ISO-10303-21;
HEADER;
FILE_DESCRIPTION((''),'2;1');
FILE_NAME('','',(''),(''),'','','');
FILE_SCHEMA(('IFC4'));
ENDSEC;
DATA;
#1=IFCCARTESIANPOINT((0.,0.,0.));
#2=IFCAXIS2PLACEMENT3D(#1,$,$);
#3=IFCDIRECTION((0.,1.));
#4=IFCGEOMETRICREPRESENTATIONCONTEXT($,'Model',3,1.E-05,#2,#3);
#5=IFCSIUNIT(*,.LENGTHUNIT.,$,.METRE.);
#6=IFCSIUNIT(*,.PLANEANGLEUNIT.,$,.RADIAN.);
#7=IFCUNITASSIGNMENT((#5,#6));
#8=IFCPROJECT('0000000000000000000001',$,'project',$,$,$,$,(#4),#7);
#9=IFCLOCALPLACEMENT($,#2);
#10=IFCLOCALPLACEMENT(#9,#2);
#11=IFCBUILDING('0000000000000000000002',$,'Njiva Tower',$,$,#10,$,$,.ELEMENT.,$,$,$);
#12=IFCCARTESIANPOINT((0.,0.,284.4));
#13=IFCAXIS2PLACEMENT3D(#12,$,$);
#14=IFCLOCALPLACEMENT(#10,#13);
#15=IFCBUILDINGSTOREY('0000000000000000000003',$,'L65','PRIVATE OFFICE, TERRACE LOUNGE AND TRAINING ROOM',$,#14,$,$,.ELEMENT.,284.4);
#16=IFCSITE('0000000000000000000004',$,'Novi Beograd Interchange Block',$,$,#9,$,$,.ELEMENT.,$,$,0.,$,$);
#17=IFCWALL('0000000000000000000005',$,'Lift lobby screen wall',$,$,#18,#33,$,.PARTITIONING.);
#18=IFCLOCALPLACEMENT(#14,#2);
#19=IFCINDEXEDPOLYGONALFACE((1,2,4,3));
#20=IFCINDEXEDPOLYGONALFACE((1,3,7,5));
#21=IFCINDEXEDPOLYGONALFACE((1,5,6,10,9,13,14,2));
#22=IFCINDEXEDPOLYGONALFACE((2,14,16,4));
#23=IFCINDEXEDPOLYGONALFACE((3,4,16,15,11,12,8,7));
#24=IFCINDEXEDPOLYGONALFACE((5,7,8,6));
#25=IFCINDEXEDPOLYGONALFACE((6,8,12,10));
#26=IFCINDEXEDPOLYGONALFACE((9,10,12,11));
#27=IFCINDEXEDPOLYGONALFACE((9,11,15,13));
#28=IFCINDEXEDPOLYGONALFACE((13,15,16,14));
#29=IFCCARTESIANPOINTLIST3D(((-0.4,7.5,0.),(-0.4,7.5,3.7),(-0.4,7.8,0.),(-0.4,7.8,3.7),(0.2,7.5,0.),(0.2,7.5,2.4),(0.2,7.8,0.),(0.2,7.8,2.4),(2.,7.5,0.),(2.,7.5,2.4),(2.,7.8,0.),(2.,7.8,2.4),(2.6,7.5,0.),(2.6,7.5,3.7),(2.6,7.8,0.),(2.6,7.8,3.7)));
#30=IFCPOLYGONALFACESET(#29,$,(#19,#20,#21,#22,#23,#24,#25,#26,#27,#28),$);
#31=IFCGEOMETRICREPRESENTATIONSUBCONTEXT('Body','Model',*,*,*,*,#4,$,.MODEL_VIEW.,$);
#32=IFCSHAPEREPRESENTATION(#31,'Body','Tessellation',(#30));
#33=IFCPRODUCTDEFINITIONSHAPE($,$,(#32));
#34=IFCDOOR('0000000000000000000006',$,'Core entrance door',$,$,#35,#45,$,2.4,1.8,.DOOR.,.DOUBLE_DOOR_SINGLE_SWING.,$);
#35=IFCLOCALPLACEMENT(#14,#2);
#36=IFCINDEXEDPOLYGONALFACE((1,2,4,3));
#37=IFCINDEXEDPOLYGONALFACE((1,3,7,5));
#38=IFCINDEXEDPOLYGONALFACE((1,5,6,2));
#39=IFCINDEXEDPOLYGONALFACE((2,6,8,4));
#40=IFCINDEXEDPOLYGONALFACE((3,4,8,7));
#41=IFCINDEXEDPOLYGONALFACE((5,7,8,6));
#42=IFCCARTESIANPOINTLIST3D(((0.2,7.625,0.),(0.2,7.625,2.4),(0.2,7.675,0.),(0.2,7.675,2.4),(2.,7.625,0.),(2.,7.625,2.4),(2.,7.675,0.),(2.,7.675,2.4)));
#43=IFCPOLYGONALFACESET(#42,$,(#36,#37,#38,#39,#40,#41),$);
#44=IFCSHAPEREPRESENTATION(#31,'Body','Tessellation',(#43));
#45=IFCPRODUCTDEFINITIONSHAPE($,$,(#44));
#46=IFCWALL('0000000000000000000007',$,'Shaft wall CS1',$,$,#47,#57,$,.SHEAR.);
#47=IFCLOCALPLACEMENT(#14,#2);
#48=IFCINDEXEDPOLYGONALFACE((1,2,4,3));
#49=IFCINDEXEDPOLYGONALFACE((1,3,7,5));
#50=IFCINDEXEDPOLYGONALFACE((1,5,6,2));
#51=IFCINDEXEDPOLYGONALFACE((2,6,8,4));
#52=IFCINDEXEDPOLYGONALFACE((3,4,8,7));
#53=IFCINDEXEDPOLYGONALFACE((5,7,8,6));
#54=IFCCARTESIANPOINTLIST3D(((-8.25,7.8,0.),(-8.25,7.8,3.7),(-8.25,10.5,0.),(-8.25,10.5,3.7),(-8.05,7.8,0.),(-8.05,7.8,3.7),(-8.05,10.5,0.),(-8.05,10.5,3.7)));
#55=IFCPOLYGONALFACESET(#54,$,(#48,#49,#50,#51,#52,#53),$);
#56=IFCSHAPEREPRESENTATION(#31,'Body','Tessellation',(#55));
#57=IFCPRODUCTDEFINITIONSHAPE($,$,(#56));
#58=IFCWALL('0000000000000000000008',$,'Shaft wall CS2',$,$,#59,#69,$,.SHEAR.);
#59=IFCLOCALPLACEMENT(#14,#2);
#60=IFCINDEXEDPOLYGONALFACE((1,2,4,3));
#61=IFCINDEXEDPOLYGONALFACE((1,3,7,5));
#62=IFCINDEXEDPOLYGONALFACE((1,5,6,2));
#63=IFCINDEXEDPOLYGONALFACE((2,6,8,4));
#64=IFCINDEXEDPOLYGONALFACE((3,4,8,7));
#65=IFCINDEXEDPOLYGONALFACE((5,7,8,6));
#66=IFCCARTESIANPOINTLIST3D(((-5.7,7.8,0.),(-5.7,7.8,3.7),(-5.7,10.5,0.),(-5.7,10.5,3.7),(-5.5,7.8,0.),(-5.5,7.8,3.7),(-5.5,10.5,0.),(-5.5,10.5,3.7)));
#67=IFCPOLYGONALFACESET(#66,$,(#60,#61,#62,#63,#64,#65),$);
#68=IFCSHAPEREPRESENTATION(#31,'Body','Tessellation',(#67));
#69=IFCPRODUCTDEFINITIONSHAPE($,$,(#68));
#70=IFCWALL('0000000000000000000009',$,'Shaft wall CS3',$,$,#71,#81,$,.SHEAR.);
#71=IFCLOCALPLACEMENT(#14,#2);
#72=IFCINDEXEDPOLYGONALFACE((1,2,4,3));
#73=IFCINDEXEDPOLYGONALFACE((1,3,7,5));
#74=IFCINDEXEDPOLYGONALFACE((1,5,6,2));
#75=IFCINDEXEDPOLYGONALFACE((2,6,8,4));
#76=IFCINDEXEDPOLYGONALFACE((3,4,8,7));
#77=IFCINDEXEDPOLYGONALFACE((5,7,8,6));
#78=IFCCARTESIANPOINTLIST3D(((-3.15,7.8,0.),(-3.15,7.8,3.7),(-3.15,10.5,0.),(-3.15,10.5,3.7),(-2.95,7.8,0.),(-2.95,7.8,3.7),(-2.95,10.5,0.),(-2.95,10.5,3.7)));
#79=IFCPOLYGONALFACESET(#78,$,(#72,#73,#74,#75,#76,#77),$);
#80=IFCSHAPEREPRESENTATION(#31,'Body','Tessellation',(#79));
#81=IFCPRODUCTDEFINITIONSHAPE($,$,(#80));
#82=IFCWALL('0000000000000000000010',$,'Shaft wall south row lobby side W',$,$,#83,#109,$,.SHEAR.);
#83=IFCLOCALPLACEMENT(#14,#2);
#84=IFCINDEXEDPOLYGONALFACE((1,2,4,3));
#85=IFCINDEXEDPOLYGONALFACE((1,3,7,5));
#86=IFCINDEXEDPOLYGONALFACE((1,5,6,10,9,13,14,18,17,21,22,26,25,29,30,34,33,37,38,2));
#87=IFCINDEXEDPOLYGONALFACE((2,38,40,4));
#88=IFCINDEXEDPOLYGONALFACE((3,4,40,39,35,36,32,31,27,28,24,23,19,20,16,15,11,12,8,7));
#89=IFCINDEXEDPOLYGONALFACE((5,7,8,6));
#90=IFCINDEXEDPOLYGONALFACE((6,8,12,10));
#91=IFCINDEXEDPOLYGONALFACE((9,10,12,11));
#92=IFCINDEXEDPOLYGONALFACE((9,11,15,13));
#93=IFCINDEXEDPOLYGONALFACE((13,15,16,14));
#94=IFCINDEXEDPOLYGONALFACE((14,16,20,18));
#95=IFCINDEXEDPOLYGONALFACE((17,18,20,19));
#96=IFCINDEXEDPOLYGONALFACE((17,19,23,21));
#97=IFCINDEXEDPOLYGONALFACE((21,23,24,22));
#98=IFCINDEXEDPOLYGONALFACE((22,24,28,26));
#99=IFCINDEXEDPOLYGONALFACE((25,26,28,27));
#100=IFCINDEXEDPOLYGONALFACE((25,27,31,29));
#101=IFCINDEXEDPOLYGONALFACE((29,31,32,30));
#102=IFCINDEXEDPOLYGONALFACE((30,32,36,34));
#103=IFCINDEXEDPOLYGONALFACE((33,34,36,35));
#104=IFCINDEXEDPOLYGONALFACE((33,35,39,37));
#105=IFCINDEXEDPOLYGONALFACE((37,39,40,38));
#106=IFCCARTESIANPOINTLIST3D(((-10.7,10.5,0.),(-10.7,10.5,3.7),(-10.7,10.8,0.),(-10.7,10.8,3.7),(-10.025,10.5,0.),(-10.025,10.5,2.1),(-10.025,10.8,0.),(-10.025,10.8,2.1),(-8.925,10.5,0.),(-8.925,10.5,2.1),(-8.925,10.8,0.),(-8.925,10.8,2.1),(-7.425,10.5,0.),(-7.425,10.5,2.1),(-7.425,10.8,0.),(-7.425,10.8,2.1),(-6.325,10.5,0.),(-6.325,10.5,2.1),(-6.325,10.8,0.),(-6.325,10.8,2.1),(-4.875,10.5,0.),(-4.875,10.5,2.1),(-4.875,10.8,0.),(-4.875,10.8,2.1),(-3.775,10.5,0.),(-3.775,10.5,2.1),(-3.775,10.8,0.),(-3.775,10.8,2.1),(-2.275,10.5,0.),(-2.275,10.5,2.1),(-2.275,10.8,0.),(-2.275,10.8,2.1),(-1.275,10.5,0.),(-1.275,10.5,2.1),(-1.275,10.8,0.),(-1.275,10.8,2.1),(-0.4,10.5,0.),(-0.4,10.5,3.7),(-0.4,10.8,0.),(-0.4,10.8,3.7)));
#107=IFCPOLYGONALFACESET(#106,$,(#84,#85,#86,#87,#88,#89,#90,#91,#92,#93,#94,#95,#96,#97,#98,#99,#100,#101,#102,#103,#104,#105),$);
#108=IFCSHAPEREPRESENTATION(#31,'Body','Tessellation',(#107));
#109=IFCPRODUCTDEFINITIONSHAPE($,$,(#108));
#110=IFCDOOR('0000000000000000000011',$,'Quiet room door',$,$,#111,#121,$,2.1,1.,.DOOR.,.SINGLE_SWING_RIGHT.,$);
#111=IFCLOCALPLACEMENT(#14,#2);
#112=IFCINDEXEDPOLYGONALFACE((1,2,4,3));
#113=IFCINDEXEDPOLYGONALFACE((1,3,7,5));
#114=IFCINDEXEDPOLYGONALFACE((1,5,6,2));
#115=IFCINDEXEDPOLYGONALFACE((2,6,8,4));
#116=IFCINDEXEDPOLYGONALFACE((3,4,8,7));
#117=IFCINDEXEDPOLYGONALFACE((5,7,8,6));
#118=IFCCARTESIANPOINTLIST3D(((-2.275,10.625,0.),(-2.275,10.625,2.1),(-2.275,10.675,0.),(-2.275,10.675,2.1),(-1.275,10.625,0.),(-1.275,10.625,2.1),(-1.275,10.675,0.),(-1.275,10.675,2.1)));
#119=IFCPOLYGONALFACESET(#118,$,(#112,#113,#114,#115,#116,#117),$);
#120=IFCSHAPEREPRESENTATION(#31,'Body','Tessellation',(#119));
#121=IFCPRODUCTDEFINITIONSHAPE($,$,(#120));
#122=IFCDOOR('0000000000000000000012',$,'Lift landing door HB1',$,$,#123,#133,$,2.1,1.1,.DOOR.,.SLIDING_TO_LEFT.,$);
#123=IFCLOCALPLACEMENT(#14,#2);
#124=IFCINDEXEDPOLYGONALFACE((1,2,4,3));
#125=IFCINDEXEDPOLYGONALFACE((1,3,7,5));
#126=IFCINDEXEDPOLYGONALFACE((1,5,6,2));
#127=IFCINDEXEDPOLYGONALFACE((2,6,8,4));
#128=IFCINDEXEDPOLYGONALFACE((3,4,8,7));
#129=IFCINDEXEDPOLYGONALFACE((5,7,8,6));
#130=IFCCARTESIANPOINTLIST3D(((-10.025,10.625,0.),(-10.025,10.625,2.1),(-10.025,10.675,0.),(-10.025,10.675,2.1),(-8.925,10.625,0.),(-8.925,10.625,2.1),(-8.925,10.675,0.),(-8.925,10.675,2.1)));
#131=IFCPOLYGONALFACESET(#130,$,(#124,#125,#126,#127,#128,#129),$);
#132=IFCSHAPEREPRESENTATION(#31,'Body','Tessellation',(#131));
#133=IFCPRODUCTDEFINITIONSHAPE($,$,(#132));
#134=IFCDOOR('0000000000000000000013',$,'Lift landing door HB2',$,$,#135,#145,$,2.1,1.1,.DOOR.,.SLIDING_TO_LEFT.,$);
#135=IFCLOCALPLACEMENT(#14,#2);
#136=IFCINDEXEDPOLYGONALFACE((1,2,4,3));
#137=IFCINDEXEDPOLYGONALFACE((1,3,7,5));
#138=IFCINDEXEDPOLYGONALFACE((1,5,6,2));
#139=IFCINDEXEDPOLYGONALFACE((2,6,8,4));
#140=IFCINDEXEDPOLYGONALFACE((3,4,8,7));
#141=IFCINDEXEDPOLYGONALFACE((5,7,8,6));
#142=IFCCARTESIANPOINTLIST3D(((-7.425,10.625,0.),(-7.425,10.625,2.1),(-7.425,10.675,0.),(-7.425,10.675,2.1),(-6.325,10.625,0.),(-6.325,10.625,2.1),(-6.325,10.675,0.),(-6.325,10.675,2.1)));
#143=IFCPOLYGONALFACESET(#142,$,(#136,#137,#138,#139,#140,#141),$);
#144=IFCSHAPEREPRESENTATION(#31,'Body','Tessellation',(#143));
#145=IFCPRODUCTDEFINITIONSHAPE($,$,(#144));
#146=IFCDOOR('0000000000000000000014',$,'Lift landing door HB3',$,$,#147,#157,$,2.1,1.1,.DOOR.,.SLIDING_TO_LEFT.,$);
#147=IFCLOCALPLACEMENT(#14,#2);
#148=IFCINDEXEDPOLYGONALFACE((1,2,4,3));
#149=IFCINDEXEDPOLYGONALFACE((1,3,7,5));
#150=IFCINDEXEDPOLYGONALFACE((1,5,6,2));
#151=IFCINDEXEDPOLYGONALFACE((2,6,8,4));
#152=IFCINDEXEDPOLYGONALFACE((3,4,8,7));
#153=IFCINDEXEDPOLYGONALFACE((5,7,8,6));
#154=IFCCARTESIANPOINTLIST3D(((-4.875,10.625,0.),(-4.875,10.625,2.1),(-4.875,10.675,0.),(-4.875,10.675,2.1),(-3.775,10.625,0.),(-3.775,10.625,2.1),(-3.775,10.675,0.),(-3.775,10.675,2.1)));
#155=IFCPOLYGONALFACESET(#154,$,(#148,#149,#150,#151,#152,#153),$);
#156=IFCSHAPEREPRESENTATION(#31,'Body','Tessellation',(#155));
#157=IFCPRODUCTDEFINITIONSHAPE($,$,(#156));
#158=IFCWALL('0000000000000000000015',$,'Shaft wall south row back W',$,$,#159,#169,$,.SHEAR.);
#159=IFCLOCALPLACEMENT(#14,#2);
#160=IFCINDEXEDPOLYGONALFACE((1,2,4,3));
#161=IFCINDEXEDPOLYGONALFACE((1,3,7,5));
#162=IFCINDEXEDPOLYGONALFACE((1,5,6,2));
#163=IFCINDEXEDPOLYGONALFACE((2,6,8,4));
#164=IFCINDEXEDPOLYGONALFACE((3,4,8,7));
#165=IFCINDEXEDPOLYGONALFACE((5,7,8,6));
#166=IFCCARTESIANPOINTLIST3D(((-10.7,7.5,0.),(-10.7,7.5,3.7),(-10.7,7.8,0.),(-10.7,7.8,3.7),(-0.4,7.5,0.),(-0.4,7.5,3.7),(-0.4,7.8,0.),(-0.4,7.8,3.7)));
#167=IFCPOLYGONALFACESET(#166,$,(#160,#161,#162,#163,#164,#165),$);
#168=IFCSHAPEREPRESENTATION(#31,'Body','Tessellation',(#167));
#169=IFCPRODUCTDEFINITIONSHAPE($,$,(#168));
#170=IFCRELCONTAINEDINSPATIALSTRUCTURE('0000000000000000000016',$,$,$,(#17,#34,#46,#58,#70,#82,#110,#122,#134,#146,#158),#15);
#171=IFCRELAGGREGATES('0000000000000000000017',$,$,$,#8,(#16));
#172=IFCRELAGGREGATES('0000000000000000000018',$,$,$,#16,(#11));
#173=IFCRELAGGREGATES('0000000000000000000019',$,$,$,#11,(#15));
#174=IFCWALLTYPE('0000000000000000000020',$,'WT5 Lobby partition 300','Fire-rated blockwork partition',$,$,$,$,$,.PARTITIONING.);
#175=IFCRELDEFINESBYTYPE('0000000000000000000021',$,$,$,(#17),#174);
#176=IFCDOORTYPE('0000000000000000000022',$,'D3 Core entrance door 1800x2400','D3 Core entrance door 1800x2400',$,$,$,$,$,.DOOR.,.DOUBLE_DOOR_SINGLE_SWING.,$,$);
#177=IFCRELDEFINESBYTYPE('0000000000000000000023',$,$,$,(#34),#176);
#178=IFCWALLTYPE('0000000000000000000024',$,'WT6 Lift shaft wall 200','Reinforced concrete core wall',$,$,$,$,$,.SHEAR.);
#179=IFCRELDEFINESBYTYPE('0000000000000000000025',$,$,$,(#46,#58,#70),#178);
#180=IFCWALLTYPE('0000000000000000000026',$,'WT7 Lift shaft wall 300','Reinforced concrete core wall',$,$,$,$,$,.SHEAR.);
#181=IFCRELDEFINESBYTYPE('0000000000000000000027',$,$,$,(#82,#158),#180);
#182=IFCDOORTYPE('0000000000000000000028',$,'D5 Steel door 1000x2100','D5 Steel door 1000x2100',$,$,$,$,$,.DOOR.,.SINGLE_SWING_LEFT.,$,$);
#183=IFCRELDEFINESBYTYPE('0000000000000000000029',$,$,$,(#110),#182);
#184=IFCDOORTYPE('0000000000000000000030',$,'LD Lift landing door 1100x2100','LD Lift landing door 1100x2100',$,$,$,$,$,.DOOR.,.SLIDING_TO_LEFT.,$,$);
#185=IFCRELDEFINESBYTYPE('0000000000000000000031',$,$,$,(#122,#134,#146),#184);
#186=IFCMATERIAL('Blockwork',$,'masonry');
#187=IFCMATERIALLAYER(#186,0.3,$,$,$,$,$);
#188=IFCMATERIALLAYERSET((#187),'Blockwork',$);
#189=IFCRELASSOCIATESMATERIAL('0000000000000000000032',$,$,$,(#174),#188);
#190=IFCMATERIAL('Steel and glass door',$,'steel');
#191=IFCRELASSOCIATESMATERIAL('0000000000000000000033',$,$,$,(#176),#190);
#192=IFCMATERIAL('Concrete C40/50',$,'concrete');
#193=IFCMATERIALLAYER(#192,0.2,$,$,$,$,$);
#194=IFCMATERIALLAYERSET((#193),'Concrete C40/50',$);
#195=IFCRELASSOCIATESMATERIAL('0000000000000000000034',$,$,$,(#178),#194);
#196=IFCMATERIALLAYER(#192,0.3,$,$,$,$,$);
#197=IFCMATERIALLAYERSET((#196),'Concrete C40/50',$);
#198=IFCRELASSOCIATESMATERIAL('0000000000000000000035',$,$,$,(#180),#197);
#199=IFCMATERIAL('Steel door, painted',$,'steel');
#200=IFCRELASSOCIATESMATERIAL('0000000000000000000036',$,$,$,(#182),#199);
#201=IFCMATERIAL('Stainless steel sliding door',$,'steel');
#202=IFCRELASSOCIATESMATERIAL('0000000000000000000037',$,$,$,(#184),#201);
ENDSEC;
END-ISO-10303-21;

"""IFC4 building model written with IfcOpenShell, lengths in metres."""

from ifc_helpers import new_model, si_unit, direction, frame, frame_2d, origin, place, context, subcontext, project, spatial, rectangle, extrude, material, layer, layer_set, type_object, element, fill, save


model = new_model("IFC4")

# Units and contexts
model_context = context("Model", 3, precision=1e-05, world=origin(), true_north=direction((0.0, 1.0)))
body_context = subcontext(model_context, "Body", "Model", "MODEL_VIEW")
ifc_project = project(units=[si_unit("LENGTHUNIT", "METRE"), si_unit("PLANEANGLEUNIT", "RADIAN")], contexts=[model_context])

# Site, building, storey
site_placement = place(None, origin())
site = spatial("IfcSite", under=ifc_project, at=site_placement, Name="Novi Beograd Interchange Block", CompositionType="ELEMENT", RefElevation=0.0)
building_placement = place(site_placement, origin())
building = spatial("IfcBuilding", under=site, at=building_placement, Name="Njiva Tower", CompositionType="ELEMENT")
storey_placement = place(building_placement, frame((0.0, 0.0, 284.4)))
storey = spatial("IfcBuildingStorey", under=building, at=storey_placement, Name="L65", Description="PRIVATE OFFICE, TERRACE LOUNGE AND TRAINING ROOM", CompositionType="ELEMENT", Elevation=284.4)

# Shared definitions
ifc_material_1 = material(Name="Blockwork", Category="masonry")

# Shared definitions
ifc_material_2 = material(Name="Concrete C40/50", Category="concrete")
ifc_material_3 = material(Name="Steel door, painted", Category="steel")

# Wall, opening, door
ifc_layer_1 = layer(ifc_material_1, 0.3)
ifc_layer_set_1 = layer_set([ifc_layer_1], Name="Blockwork")
wall_type_1 = type_object("IfcWallType", Name="WT5 Lobby partition 300", Description="Fire-rated blockwork partition", PredefinedType="PARTITIONING", material=ifc_layer_set_1)
wall_1_placement = place(storey_placement, frame((-0.4, 7.65, 0.0), z_axis=(0.0, 0.0, 1.0), x_axis=(1.0, 0.0, 0.0)))
wall_1 = element("IfcWall", 1, at=wall_1_placement, inside=storey, type_object=wall_type_1, Name="Lift lobby screen wall", PredefinedType="PARTITIONING", context=body_context, shape_type="SweptSolid", body=[
    extrude(rectangle(XDim=3.0, YDim=0.3, at=frame_2d((1.5, 0.0))), origin(), (0.0, 0.0, 1.0), 3.7),
])
opening_1_placement = place(wall_1_placement, frame((0.6, 0.0, 0.0)))
opening_1 = element("IfcOpeningElement", 2, at=opening_1_placement, cuts=wall_1, PredefinedType="OPENING", context=body_context, shape_type="SweptSolid", body=[
    extrude(rectangle(XDim=1.8, YDim=2.4, at=frame_2d((0.9, 1.2))), frame((0.0, 0.16, 0.0), z_axis=(0.0, -1.0, 0.0), x_axis=(1.0, 0.0, 0.0)), (0.0, 0.0, 1.0), 0.32),
])
ifc_material_4 = material(Name="Steel and glass door", Category="steel")
door_type_1 = type_object("IfcDoorType", Name="D3 Core entrance door 1800x2400", Description="D3 Core entrance door 1800x2400", OperationType="DOUBLE_DOOR_SINGLE_SWING", PredefinedType="DOOR", material=ifc_material_4)
door_1_placement = place(opening_1_placement, origin())
door_1 = element("IfcDoor", 3, at=door_1_placement, inside=storey, type_object=door_type_1, Name="Core entrance door", OperationType="DOUBLE_DOOR_SINGLE_SWING", OverallHeight=2.4, OverallWidth=1.8, PredefinedType="DOOR", context=body_context, shape_type="SweptSolid", body=[
    extrude(rectangle(XDim=1.8, YDim=2.4, at=frame_2d((0.9, 1.2))), frame((0.0, 0.025, 0.0), z_axis=(0.0, -1.0, 0.0), x_axis=(1.0, 0.0, 0.0)), (0.0, 0.0, 1.0), 0.05),
])
fill(opening_1, door_1)

# Walls
ifc_layer_2 = layer(ifc_material_2, 0.2)
ifc_layer_set_2 = layer_set([ifc_layer_2], Name="Concrete C40/50")
wall_type_2 = type_object("IfcWallType", Name="WT6 Lift shaft wall 200", Description="Reinforced concrete core wall", PredefinedType="SHEAR", material=ifc_layer_set_2)
for number, where, z_axis, x_axis, name in (
    (4, (-8.15, 7.8, 0.0), (0.0, 0.0, 1.0), (0.0, 1.0, 0.0), "Shaft wall CS1"),
    (5, (-5.6, 7.8, 0.0), (0.0, 0.0, 1.0), (0.0, 1.0, 0.0), "Shaft wall CS2"),
    (6, (-3.05, 7.8, 0.0), (0.0, 0.0, 1.0), (0.0, 1.0, 0.0), "Shaft wall CS3"),
):
    element("IfcWall", number, at=place(storey_placement, frame(where, z_axis=z_axis, x_axis=x_axis)), inside=storey, type_object=wall_type_2, Name=name, PredefinedType="SHEAR", context=body_context, shape_type="SweptSolid", body=[
        extrude(rectangle(XDim=2.7, YDim=0.2, at=frame_2d((1.35, 0.0))), origin(), (0.0, 0.0, 1.0), 3.7),
    ])

# Wall, openings, doors
ifc_layer_3 = layer(ifc_material_2, 0.3)
ifc_layer_set_3 = layer_set([ifc_layer_3], Name="Concrete C40/50")
wall_type_3 = type_object("IfcWallType", Name="WT7 Lift shaft wall 300", Description="Reinforced concrete core wall", PredefinedType="SHEAR", material=ifc_layer_set_3)
wall_2_placement = place(storey_placement, frame((-10.7, 10.65, 0.0), z_axis=(0.0, 0.0, 1.0), x_axis=(1.0, 0.0, 0.0)))
wall_2 = element("IfcWall", 7, at=wall_2_placement, inside=storey, type_object=wall_type_3, Name="Shaft wall south row lobby side W", PredefinedType="SHEAR", context=body_context, shape_type="SweptSolid", body=[
    extrude(rectangle(XDim=10.3, YDim=0.3, at=frame_2d((5.15, 0.0))), origin(), (0.0, 0.0, 1.0), 3.7),
])
opening_2_placement = place(wall_2_placement, frame((0.675, 0.0, 0.0)))
opening_2 = element("IfcOpeningElement", 8, at=opening_2_placement, cuts=wall_2, PredefinedType="OPENING", context=body_context, shape_type="SweptSolid", body=[
    extrude(rectangle(XDim=1.1, YDim=2.1, at=frame_2d((0.55, 1.05))), frame((0.0, 0.16, 0.0), z_axis=(0.0, -1.0, 0.0), x_axis=(1.0, 0.0, 0.0)), (0.0, 0.0, 1.0), 0.32),
])
opening_3_placement = place(wall_2_placement, frame((3.275, 0.0, 0.0)))
opening_3 = element("IfcOpeningElement", 9, at=opening_3_placement, cuts=wall_2, PredefinedType="OPENING", context=body_context, shape_type="SweptSolid", body=[
    extrude(rectangle(XDim=1.1, YDim=2.1, at=frame_2d((0.55, 1.05))), frame((0.0, 0.16, 0.0), z_axis=(0.0, -1.0, 0.0), x_axis=(1.0, 0.0, 0.0)), (0.0, 0.0, 1.0), 0.32),
])
opening_4_placement = place(wall_2_placement, frame((5.825, 0.0, 0.0)))
opening_4 = element("IfcOpeningElement", 10, at=opening_4_placement, cuts=wall_2, PredefinedType="OPENING", context=body_context, shape_type="SweptSolid", body=[
    extrude(rectangle(XDim=1.1, YDim=2.1, at=frame_2d((0.55, 1.05))), frame((0.0, 0.16, 0.0), z_axis=(0.0, -1.0, 0.0), x_axis=(1.0, 0.0, 0.0)), (0.0, 0.0, 1.0), 0.32),
])
opening_5_placement = place(wall_2_placement, frame((8.425, 0.0, 0.0)))
opening_5 = element("IfcOpeningElement", 11, at=opening_5_placement, cuts=wall_2, PredefinedType="OPENING", context=body_context, shape_type="SweptSolid", body=[
    extrude(rectangle(XDim=1.0, YDim=2.1, at=frame_2d((0.5, 1.05))), frame((0.0, 0.16, 0.0), z_axis=(0.0, -1.0, 0.0), x_axis=(1.0, 0.0, 0.0)), (0.0, 0.0, 1.0), 0.32),
])
door_type_2 = type_object("IfcDoorType", Name="D5 Steel door 1000x2100", Description="D5 Steel door 1000x2100", OperationType="SINGLE_SWING_LEFT", PredefinedType="DOOR", material=ifc_material_3)
door_2_placement = place(opening_5_placement, origin())
door_2 = element("IfcDoor", 12, at=door_2_placement, inside=storey, type_object=door_type_2, Name="Quiet room door", OperationType="SINGLE_SWING_RIGHT", OverallHeight=2.1, OverallWidth=1.0, PredefinedType="DOOR", context=body_context, shape_type="SweptSolid", body=[
    extrude(rectangle(XDim=1.0, YDim=2.1, at=frame_2d((0.5, 1.05))), frame((0.0, 0.025, 0.0), z_axis=(0.0, -1.0, 0.0), x_axis=(1.0, 0.0, 0.0)), (0.0, 0.0, 1.0), 0.05),
])
fill(opening_5, door_2)
ifc_material_5 = material(Name="Stainless steel sliding door", Category="steel")
door_type_3 = type_object("IfcDoorType", Name="LD Lift landing door 1100x2100", Description="LD Lift landing door 1100x2100", OperationType="SLIDING_TO_LEFT", PredefinedType="DOOR", material=ifc_material_5)
door_3_placement = place(opening_2_placement, origin())
door_3 = element("IfcDoor", 13, at=door_3_placement, inside=storey, type_object=door_type_3, Name="Lift landing door HB1", OperationType="SLIDING_TO_LEFT", OverallHeight=2.1, OverallWidth=1.1, PredefinedType="DOOR", context=body_context, shape_type="SweptSolid", body=[
    extrude(rectangle(XDim=1.1, YDim=2.1, at=frame_2d((0.55, 1.05))), frame((0.0, 0.025, 0.0), z_axis=(0.0, -1.0, 0.0), x_axis=(1.0, 0.0, 0.0)), (0.0, 0.0, 1.0), 0.05),
])
fill(opening_2, door_3)
door_4_placement = place(opening_3_placement, origin())
door_4 = element("IfcDoor", 14, at=door_4_placement, inside=storey, type_object=door_type_3, Name="Lift landing door HB2", OperationType="SLIDING_TO_LEFT", OverallHeight=2.1, OverallWidth=1.1, PredefinedType="DOOR", context=body_context, shape_type="SweptSolid", body=[
    extrude(rectangle(XDim=1.1, YDim=2.1, at=frame_2d((0.55, 1.05))), frame((0.0, 0.025, 0.0), z_axis=(0.0, -1.0, 0.0), x_axis=(1.0, 0.0, 0.0)), (0.0, 0.0, 1.0), 0.05),
])
fill(opening_3, door_4)
door_5_placement = place(opening_4_placement, origin())
door_5 = element("IfcDoor", 15, at=door_5_placement, inside=storey, type_object=door_type_3, Name="Lift landing door HB3", OperationType="SLIDING_TO_LEFT", OverallHeight=2.1, OverallWidth=1.1, PredefinedType="DOOR", context=body_context, shape_type="SweptSolid", body=[
    extrude(rectangle(XDim=1.1, YDim=2.1, at=frame_2d((0.55, 1.05))), frame((0.0, 0.025, 0.0), z_axis=(0.0, -1.0, 0.0), x_axis=(1.0, 0.0, 0.0)), (0.0, 0.0, 1.0), 0.05),
])
fill(opening_4, door_5)

# Wall
wall_3_placement = place(storey_placement, frame((-10.7, 7.65, 0.0), z_axis=(0.0, 0.0, 1.0), x_axis=(1.0, 0.0, 0.0)))
element("IfcWall", 16, at=wall_3_placement, inside=storey, type_object=wall_type_3, Name="Shaft wall south row back W", PredefinedType="SHEAR", context=body_context, shape_type="SweptSolid", body=[
    extrude(rectangle(XDim=10.3, YDim=0.3, at=frame_2d((5.15, 0.0))), origin(), (0.0, 0.0, 1.0), 3.7),
])

save(model, "model.ifc")
